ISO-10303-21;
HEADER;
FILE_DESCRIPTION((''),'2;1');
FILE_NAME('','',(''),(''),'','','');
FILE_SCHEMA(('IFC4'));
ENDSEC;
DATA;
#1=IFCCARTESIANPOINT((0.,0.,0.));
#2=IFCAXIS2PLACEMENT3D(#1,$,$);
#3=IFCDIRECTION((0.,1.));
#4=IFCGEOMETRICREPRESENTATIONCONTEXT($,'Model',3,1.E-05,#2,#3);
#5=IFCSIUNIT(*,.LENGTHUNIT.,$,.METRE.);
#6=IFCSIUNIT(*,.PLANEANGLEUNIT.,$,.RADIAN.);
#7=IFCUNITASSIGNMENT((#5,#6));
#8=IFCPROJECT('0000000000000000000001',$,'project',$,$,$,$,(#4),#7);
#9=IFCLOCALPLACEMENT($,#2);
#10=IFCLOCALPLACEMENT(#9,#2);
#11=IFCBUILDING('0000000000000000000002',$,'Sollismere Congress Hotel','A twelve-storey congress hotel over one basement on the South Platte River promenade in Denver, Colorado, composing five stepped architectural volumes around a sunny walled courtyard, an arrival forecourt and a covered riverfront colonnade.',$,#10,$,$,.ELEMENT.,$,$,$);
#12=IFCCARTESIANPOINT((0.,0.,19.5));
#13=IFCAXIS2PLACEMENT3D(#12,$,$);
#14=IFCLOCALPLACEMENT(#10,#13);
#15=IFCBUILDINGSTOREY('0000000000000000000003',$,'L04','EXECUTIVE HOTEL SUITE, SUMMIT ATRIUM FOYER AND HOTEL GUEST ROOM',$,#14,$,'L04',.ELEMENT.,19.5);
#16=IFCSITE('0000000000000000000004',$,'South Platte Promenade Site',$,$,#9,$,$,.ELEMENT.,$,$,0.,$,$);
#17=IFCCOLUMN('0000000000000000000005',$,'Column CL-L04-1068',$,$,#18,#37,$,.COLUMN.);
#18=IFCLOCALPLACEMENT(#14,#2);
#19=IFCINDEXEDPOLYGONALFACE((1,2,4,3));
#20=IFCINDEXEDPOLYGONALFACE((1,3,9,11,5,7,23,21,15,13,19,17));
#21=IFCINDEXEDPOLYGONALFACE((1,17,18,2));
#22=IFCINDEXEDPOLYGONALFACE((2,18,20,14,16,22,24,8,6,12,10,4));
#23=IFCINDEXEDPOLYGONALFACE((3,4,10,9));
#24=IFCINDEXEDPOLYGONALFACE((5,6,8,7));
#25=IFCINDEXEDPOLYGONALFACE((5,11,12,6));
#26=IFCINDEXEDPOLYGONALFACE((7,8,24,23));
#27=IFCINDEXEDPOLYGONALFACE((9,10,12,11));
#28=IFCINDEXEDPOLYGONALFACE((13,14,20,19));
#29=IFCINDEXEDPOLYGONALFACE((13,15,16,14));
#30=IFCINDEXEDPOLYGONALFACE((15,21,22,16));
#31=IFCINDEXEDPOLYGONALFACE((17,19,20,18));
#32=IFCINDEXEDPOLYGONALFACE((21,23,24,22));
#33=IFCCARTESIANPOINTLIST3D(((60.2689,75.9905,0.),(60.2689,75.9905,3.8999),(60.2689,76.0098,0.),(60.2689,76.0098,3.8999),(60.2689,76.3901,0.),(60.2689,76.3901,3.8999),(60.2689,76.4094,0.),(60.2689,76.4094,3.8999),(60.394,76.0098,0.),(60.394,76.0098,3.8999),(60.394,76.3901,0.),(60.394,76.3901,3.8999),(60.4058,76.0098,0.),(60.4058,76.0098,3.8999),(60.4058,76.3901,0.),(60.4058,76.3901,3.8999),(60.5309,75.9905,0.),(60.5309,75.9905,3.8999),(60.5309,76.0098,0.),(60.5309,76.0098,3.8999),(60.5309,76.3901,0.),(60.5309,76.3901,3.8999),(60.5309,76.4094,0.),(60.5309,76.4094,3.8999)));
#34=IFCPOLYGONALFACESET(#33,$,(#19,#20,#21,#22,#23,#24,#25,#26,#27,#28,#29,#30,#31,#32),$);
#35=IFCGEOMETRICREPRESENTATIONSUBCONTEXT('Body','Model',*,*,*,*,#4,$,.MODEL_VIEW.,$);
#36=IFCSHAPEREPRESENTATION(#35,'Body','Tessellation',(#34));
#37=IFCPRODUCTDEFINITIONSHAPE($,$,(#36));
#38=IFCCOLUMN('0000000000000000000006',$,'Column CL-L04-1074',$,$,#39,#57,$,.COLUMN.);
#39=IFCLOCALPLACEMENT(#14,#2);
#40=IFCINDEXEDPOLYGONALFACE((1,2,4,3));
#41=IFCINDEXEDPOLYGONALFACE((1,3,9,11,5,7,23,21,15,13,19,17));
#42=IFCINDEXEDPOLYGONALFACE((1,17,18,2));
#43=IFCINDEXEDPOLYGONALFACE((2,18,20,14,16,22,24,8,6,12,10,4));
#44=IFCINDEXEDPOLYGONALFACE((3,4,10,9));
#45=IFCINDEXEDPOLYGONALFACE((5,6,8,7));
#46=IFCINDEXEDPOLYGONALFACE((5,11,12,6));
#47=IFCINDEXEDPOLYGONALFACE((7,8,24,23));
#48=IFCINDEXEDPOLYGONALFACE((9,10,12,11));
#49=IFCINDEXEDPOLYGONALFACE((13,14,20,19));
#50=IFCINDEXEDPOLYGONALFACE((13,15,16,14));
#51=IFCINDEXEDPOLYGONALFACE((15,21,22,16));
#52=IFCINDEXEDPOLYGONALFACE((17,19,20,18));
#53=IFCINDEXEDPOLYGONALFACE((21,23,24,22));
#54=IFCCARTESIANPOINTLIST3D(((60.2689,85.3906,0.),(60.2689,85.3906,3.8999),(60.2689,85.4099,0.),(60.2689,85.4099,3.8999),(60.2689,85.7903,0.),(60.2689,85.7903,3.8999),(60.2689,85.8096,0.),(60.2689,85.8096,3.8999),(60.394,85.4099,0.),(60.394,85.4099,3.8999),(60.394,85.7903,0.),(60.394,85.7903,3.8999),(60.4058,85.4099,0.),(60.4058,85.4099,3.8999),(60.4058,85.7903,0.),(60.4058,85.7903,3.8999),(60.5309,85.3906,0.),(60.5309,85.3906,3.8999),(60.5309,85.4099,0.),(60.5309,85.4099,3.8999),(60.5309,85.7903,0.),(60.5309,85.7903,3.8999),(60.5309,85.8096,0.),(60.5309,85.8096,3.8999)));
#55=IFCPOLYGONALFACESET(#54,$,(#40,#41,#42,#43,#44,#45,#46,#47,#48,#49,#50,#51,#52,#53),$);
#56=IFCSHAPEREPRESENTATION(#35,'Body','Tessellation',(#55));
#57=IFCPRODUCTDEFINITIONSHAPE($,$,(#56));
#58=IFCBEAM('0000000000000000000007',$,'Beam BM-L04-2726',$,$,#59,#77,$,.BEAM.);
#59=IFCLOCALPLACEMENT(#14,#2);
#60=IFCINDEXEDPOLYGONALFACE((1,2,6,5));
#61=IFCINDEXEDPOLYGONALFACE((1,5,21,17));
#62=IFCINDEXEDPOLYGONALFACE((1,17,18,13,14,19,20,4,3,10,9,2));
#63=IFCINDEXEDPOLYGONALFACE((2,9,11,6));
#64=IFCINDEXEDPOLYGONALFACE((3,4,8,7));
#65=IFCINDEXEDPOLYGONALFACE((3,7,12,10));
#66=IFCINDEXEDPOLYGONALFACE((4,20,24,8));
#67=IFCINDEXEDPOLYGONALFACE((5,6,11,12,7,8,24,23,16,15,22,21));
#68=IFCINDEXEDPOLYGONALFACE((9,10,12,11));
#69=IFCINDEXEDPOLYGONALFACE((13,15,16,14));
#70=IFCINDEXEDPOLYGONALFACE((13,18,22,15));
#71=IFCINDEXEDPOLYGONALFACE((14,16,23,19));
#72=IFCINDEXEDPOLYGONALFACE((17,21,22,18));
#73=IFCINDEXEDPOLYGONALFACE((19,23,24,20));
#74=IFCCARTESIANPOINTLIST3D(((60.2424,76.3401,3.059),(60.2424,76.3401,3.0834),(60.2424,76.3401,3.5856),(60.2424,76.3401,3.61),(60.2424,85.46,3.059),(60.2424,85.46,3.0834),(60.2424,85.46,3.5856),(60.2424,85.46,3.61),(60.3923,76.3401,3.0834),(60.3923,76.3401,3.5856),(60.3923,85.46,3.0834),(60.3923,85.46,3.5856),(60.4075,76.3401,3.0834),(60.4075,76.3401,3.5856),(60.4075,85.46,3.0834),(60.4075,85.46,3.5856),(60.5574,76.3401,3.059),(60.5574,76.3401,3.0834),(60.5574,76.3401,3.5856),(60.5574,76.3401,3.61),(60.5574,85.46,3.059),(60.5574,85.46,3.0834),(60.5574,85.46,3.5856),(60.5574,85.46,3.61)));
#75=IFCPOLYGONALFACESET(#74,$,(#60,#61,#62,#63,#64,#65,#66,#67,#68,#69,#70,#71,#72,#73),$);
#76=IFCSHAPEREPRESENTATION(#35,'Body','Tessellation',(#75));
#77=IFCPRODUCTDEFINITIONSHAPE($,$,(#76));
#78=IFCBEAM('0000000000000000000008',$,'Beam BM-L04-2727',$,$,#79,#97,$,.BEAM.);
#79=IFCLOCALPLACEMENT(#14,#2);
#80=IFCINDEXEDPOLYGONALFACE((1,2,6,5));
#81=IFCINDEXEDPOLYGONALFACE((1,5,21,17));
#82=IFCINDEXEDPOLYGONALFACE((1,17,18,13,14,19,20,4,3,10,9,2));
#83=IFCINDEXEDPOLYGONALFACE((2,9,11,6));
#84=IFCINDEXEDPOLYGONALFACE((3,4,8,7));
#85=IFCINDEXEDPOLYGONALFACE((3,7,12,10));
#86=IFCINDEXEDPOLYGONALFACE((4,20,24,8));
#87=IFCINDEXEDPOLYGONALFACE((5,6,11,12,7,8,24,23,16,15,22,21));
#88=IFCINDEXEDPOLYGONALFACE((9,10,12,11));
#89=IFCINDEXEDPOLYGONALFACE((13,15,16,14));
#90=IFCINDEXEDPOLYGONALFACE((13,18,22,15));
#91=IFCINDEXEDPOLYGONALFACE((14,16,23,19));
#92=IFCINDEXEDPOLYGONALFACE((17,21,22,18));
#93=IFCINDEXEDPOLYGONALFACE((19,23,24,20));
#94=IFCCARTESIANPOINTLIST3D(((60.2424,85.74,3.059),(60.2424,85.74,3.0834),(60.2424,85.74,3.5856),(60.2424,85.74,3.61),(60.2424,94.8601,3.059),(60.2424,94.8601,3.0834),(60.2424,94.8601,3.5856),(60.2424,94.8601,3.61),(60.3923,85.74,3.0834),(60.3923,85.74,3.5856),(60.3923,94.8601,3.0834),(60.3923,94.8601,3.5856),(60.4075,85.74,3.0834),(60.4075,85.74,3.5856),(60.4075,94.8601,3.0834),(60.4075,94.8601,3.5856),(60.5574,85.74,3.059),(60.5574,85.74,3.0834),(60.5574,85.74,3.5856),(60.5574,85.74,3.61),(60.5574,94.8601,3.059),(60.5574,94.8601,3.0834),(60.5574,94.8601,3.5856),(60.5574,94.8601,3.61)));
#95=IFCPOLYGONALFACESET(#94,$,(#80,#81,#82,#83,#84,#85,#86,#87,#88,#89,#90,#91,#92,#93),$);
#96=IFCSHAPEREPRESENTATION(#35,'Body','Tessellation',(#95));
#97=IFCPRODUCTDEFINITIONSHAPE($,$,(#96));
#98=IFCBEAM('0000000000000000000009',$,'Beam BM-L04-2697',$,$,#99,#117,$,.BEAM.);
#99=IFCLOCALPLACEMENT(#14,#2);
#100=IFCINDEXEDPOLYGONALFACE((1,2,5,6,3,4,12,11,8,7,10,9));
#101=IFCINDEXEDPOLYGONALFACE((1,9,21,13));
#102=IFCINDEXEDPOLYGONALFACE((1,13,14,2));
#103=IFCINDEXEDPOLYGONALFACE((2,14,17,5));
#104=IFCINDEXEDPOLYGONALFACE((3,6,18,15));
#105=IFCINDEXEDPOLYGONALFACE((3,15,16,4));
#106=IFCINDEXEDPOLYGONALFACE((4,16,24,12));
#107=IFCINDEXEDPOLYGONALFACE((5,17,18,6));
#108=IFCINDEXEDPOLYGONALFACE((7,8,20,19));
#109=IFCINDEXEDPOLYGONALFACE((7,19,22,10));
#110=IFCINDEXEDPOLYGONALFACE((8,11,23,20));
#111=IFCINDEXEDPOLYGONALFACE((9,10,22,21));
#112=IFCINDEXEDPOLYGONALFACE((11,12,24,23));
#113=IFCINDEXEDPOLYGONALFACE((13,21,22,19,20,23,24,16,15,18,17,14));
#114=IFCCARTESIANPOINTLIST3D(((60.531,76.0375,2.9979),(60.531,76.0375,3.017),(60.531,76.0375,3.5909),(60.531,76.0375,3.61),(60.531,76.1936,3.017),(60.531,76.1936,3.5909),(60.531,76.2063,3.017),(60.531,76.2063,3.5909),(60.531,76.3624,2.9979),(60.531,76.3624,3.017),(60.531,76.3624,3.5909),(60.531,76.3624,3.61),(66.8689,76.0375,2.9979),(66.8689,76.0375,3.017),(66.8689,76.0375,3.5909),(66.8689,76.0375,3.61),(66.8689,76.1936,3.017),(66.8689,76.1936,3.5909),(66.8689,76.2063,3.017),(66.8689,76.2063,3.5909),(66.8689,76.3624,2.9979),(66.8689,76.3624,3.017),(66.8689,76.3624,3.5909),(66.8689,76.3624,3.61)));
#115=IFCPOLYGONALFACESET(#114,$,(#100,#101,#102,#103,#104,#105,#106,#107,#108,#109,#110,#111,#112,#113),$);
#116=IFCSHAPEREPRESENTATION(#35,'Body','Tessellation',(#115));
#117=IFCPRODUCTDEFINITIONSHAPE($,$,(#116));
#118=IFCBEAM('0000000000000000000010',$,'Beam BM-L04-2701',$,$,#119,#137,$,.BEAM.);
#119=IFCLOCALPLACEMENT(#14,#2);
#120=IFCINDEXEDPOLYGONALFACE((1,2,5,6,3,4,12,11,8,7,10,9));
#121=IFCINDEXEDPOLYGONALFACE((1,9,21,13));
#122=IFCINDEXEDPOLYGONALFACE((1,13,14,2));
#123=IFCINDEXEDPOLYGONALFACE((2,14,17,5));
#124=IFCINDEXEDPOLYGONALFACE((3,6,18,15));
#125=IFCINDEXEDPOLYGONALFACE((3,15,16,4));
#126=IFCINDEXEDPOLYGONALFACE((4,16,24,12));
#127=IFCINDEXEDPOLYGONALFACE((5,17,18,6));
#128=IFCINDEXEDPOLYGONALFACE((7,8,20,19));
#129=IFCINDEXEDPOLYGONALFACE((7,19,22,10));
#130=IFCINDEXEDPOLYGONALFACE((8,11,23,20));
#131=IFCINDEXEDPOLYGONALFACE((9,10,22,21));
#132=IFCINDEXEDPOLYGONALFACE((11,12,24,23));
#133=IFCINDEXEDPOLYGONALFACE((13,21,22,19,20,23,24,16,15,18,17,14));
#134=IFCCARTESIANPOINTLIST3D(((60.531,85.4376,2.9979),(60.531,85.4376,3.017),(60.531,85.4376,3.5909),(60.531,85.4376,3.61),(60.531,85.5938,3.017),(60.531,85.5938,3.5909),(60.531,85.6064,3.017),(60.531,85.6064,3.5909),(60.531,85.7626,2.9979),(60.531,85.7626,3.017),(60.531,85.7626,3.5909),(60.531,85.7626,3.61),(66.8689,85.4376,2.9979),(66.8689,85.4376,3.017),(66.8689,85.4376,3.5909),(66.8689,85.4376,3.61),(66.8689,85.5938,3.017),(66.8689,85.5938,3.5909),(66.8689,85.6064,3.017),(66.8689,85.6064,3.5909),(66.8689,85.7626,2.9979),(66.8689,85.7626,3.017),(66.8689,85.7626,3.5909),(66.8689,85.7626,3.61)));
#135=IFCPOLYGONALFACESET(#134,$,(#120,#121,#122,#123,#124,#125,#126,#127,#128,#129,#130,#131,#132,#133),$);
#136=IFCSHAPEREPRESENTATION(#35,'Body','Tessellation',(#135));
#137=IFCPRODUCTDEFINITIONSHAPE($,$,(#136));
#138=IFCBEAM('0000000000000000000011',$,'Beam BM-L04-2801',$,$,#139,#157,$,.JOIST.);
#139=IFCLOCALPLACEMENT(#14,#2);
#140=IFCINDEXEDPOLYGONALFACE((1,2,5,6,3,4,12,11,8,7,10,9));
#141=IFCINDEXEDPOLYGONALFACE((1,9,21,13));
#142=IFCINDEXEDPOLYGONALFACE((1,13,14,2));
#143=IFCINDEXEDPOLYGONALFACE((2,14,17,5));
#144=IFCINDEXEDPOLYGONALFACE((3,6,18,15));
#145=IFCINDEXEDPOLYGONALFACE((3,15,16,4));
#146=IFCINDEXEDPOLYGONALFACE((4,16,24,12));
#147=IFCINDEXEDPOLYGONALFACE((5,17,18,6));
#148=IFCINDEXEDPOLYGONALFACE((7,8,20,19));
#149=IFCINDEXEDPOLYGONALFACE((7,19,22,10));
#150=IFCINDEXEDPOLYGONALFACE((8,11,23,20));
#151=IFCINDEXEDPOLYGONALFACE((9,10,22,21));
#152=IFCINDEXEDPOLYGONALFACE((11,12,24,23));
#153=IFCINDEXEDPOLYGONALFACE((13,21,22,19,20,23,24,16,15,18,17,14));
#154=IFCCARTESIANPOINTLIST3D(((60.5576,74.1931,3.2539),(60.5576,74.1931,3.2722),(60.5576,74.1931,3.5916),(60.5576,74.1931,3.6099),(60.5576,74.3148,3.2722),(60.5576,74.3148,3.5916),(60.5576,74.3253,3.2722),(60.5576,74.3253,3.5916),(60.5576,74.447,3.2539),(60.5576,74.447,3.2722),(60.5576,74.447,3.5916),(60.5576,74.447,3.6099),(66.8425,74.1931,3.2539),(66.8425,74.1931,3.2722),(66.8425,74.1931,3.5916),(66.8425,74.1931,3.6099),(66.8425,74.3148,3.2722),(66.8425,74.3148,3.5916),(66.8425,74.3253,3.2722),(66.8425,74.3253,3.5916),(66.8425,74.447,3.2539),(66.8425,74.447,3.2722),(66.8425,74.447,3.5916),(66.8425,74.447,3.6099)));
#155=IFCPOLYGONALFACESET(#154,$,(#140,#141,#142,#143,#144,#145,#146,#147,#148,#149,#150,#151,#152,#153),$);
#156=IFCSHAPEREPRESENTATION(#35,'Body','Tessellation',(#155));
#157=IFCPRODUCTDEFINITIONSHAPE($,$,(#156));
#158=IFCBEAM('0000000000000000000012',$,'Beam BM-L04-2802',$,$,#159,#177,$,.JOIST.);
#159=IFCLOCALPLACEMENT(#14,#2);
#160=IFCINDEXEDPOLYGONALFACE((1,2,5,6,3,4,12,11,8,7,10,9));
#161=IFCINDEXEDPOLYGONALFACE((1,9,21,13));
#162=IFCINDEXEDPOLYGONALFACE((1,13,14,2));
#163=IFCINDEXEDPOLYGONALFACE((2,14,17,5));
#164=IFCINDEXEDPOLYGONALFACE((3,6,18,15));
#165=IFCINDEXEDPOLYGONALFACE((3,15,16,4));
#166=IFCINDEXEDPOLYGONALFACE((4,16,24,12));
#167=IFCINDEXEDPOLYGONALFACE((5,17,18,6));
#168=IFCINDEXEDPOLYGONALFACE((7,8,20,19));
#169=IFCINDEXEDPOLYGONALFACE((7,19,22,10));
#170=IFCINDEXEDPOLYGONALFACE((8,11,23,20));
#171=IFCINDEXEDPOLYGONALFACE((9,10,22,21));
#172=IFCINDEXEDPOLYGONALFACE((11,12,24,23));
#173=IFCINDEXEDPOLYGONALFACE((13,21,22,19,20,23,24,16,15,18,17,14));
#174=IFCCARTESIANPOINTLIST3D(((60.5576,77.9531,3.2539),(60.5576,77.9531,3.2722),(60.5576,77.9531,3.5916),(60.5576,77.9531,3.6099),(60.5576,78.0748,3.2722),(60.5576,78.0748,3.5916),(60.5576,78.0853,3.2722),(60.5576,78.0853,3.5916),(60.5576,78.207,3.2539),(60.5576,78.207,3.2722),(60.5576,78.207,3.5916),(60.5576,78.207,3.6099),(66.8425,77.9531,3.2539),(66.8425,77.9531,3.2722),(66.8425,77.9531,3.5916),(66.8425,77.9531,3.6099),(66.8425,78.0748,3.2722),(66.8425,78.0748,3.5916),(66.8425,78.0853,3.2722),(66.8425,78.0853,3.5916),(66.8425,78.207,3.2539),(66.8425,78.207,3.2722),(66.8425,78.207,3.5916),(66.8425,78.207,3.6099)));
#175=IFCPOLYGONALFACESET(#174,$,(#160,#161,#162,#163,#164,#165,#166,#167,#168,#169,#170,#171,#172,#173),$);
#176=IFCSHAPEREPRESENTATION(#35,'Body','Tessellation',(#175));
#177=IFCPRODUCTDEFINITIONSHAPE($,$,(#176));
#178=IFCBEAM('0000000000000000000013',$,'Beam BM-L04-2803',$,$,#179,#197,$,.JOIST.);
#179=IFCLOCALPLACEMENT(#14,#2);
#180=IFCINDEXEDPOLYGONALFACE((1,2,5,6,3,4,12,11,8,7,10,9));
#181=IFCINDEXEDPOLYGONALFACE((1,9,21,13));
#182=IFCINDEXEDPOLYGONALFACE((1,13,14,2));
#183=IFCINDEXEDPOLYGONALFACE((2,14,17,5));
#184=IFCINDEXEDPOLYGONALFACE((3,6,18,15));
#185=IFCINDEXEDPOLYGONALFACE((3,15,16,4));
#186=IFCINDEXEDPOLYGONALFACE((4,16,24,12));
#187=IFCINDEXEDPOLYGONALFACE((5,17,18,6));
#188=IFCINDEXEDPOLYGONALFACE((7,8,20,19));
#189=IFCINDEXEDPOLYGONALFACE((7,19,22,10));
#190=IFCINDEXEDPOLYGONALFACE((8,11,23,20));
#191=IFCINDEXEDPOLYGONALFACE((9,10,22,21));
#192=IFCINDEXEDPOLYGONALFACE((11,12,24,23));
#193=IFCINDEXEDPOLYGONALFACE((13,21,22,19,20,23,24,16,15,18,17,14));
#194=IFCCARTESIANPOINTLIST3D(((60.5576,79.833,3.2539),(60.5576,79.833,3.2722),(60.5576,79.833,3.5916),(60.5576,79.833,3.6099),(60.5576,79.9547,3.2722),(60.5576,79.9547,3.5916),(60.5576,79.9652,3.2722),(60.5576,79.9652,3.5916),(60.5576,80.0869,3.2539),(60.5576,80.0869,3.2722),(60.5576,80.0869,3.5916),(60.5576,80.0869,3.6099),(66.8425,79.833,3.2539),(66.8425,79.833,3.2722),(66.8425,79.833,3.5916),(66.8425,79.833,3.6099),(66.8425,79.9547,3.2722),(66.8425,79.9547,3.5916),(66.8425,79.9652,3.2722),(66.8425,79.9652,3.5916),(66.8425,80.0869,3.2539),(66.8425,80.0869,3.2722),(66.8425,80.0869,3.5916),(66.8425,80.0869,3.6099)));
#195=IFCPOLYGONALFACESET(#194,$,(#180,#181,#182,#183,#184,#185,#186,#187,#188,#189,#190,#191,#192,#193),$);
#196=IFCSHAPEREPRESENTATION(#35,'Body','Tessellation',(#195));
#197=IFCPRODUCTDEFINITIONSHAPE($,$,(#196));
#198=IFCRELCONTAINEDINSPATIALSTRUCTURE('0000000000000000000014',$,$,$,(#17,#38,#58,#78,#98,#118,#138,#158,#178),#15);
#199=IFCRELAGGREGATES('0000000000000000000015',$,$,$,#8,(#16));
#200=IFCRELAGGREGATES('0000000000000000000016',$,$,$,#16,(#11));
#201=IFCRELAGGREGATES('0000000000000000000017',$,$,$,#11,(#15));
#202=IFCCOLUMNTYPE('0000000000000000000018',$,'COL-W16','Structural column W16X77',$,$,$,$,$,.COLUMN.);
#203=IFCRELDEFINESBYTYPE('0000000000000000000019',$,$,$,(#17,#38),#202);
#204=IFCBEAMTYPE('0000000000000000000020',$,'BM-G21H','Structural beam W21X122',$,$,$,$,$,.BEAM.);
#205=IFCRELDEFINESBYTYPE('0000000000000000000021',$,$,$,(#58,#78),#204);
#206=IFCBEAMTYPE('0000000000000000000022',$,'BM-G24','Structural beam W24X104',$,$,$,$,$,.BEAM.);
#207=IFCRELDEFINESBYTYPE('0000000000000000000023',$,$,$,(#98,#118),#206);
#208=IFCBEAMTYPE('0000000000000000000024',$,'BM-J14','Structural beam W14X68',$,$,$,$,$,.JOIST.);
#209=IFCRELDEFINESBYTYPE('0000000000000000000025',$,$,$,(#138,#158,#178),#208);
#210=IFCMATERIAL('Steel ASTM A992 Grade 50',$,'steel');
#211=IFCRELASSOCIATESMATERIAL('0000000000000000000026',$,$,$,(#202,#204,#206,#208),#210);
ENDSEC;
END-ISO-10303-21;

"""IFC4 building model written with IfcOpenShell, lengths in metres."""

from ifc_helpers import new_model, si_unit, direction, frame, origin, origin_2d, place, context, subcontext, project, spatial, i_section, extrude, material, material_profile, profile_set, type_object, element, save


model = new_model("IFC4")

# Units and contexts
model_context = context("Model", 3, precision=1e-05, world=origin(), true_north=direction((0.0, 1.0)))
body_context = subcontext(model_context, "Body", "Model", "MODEL_VIEW")
ifc_project = project(units=[si_unit("LENGTHUNIT", "METRE"), si_unit("PLANEANGLEUNIT", "RADIAN")], contexts=[model_context])

# Site, building, storey
site_placement = place(None, origin())
site = spatial("IfcSite", under=ifc_project, at=site_placement, Name="South Platte Promenade Site", CompositionType="ELEMENT", RefElevation=0.0)
building_placement = place(site_placement, origin())
building = spatial("IfcBuilding", under=site, at=building_placement, Name="Sollismere Congress Hotel", Description="A twelve-storey congress hotel over one basement on the South Platte River promenade in Denver, Colorado, composing five stepped architectural volumes around a sunny walled courtyard, an arrival forecourt and a covered riverfront colonnade.", CompositionType="ELEMENT")
storey_placement = place(building_placement, frame((0.0, 0.0, 19.5)))
storey = spatial("IfcBuildingStorey", under=building, at=storey_placement, Name="L04", Description="EXECUTIVE HOTEL SUITE, SUMMIT ATRIUM FOYER AND HOTEL GUEST ROOM", LongName="L04", CompositionType="ELEMENT", Elevation=19.5)

# Columns
ifc_material_1 = material(Name="Steel ASTM A992 Grade 50", Category="steel")
ifc_material_profile_1 = material_profile(ifc_material_1, i_section(OverallWidth=0.262, OverallDepth=0.4189, WebThickness=0.0117, FlangeThickness=0.0193, at=origin_2d()), Name="W16X77")
ifc_profile_set_1 = profile_set([ifc_material_profile_1], Name="Steel ASTM A992 Grade 50")
column_type = type_object("IfcColumnType", Name="COL-W16", Description="Structural column W16X77", PredefinedType="COLUMN", material=ifc_profile_set_1)
for number, where, z_axis, x_axis, name in (
    (1, (60.3999, 76.2, 0.0), (0.0, 0.0, 1.0), (1.0, 0.0, 0.0), "Column CL-L04-1068"),
    (2, (60.3999, 85.6001, 0.0), (0.0, 0.0, 1.0), (1.0, 0.0, 0.0), "Column CL-L04-1074"),
):
    element("IfcColumn", number, at=place(storey_placement, frame(where, z_axis=z_axis, x_axis=x_axis)), inside=storey, type_object=column_type, Name=name, PredefinedType="COLUMN", context=body_context, shape_type="SweptSolid", body=[
        extrude(i_section(OverallWidth=0.262, OverallDepth=0.4189, WebThickness=0.0117, FlangeThickness=0.0193, at=origin_2d()), origin(), (0.0, 0.0, 1.0), 3.8999),
    ])

# Beams
ifc_material_profile_2 = material_profile(ifc_material_1, i_section(OverallWidth=0.3149, OverallDepth=0.551, WebThickness=0.0151, FlangeThickness=0.0244, at=origin_2d()), Name="W21X122")
ifc_profile_set_2 = profile_set([ifc_material_profile_2], Name="Steel ASTM A992 Grade 50")
beam_type_1 = type_object("IfcBeamType", Name="BM-G21H", Description="Structural beam W21X122", PredefinedType="BEAM", material=ifc_profile_set_2)
beam_1_placement = place(storey_placement, frame((60.3999, 76.3401, 3.3345), z_axis=(0.0, 1.0, 0.0), x_axis=(-1.0, 0.0, 0.0)))
element("IfcBeam", 3, at=beam_1_placement, inside=storey, type_object=beam_type_1, Name="Beam BM-L04-2726", PredefinedType="BEAM", context=body_context, shape_type="SweptSolid", body=[
    extrude(i_section(OverallWidth=0.3149, OverallDepth=0.551, WebThickness=0.0151, FlangeThickness=0.0244, at=origin_2d()), origin(), (0.0, 0.0, 1.0), 9.1199),
])
beam_2_placement = place(storey_placement, frame((60.3999, 85.74, 3.3345), z_axis=(0.0, 1.0, 0.0), x_axis=(-1.0, 0.0, 0.0)))
element("IfcBeam", 4, at=beam_2_placement, inside=storey, type_object=beam_type_1, Name="Beam BM-L04-2727", PredefinedType="BEAM", context=body_context, shape_type="SweptSolid", body=[
    extrude(i_section(OverallWidth=0.3149, OverallDepth=0.551, WebThickness=0.0151, FlangeThickness=0.0244, at=origin_2d()), origin(), (0.0, 0.0, 1.0), 9.1201),
])
ifc_material_profile_3 = material_profile(ifc_material_1, i_section(OverallWidth=0.325, OverallDepth=0.6121, WebThickness=0.0127, FlangeThickness=0.019, at=origin_2d()), Name="W24X104")
ifc_profile_set_3 = profile_set([ifc_material_profile_3], Name="Steel ASTM A992 Grade 50")
beam_type_2 = type_object("IfcBeamType", Name="BM-G24", Description="Structural beam W24X104", PredefinedType="BEAM", material=ifc_profile_set_3)
for number, where, z_axis, x_axis, name in (
    (5, (60.531, 76.2, 3.304), (1.0, 0.0, 0.0), (0.0, 1.0, 0.0), "Beam BM-L04-2697"),
    (6, (60.531, 85.6001, 3.304), (1.0, 0.0, 0.0), (0.0, 1.0, 0.0), "Beam BM-L04-2701"),
):
    element("IfcBeam", number, at=place(storey_placement, frame(where, z_axis=z_axis, x_axis=x_axis)), inside=storey, type_object=beam_type_2, Name=name, PredefinedType="BEAM", context=body_context, shape_type="SweptSolid", body=[
        extrude(i_section(OverallWidth=0.325, OverallDepth=0.6121, WebThickness=0.0127, FlangeThickness=0.019, at=origin_2d()), origin(), (0.0, 0.0, 1.0), 6.3379),
    ])
ifc_material_profile_4 = material_profile(ifc_material_1, i_section(OverallWidth=0.2539, OverallDepth=0.356, WebThickness=0.0105, FlangeThickness=0.0183, at=origin_2d()), Name="W14X68")
ifc_profile_set_4 = profile_set([ifc_material_profile_4], Name="Steel ASTM A992 Grade 50")
beam_type_3 = type_object("IfcBeamType", Name="BM-J14", Description="Structural beam W14X68", PredefinedType="JOIST", material=ifc_profile_set_4)
for number, where, z_axis, x_axis, name in (
    (7, (60.5576, 74.3201, 3.4319), (1.0, 0.0, 0.0), (0.0, 1.0, 0.0), "Beam BM-L04-2801"),
    (8, (60.5576, 78.0801, 3.4319), (1.0, 0.0, 0.0), (0.0, 1.0, 0.0), "Beam BM-L04-2802"),
    (9, (60.5576, 79.96, 3.4319), (1.0, 0.0, 0.0), (0.0, 1.0, 0.0), "Beam BM-L04-2803"),
):
    element("IfcBeam", number, at=place(storey_placement, frame(where, z_axis=z_axis, x_axis=x_axis)), inside=storey, type_object=beam_type_3, Name=name, PredefinedType="JOIST", context=body_context, shape_type="SweptSolid", body=[
        extrude(i_section(OverallWidth=0.2539, OverallDepth=0.356, WebThickness=0.0105, FlangeThickness=0.0183, at=origin_2d()), origin(), (0.0, 0.0, 1.0), 6.2849),
    ])

save(model, "model.ifc")
